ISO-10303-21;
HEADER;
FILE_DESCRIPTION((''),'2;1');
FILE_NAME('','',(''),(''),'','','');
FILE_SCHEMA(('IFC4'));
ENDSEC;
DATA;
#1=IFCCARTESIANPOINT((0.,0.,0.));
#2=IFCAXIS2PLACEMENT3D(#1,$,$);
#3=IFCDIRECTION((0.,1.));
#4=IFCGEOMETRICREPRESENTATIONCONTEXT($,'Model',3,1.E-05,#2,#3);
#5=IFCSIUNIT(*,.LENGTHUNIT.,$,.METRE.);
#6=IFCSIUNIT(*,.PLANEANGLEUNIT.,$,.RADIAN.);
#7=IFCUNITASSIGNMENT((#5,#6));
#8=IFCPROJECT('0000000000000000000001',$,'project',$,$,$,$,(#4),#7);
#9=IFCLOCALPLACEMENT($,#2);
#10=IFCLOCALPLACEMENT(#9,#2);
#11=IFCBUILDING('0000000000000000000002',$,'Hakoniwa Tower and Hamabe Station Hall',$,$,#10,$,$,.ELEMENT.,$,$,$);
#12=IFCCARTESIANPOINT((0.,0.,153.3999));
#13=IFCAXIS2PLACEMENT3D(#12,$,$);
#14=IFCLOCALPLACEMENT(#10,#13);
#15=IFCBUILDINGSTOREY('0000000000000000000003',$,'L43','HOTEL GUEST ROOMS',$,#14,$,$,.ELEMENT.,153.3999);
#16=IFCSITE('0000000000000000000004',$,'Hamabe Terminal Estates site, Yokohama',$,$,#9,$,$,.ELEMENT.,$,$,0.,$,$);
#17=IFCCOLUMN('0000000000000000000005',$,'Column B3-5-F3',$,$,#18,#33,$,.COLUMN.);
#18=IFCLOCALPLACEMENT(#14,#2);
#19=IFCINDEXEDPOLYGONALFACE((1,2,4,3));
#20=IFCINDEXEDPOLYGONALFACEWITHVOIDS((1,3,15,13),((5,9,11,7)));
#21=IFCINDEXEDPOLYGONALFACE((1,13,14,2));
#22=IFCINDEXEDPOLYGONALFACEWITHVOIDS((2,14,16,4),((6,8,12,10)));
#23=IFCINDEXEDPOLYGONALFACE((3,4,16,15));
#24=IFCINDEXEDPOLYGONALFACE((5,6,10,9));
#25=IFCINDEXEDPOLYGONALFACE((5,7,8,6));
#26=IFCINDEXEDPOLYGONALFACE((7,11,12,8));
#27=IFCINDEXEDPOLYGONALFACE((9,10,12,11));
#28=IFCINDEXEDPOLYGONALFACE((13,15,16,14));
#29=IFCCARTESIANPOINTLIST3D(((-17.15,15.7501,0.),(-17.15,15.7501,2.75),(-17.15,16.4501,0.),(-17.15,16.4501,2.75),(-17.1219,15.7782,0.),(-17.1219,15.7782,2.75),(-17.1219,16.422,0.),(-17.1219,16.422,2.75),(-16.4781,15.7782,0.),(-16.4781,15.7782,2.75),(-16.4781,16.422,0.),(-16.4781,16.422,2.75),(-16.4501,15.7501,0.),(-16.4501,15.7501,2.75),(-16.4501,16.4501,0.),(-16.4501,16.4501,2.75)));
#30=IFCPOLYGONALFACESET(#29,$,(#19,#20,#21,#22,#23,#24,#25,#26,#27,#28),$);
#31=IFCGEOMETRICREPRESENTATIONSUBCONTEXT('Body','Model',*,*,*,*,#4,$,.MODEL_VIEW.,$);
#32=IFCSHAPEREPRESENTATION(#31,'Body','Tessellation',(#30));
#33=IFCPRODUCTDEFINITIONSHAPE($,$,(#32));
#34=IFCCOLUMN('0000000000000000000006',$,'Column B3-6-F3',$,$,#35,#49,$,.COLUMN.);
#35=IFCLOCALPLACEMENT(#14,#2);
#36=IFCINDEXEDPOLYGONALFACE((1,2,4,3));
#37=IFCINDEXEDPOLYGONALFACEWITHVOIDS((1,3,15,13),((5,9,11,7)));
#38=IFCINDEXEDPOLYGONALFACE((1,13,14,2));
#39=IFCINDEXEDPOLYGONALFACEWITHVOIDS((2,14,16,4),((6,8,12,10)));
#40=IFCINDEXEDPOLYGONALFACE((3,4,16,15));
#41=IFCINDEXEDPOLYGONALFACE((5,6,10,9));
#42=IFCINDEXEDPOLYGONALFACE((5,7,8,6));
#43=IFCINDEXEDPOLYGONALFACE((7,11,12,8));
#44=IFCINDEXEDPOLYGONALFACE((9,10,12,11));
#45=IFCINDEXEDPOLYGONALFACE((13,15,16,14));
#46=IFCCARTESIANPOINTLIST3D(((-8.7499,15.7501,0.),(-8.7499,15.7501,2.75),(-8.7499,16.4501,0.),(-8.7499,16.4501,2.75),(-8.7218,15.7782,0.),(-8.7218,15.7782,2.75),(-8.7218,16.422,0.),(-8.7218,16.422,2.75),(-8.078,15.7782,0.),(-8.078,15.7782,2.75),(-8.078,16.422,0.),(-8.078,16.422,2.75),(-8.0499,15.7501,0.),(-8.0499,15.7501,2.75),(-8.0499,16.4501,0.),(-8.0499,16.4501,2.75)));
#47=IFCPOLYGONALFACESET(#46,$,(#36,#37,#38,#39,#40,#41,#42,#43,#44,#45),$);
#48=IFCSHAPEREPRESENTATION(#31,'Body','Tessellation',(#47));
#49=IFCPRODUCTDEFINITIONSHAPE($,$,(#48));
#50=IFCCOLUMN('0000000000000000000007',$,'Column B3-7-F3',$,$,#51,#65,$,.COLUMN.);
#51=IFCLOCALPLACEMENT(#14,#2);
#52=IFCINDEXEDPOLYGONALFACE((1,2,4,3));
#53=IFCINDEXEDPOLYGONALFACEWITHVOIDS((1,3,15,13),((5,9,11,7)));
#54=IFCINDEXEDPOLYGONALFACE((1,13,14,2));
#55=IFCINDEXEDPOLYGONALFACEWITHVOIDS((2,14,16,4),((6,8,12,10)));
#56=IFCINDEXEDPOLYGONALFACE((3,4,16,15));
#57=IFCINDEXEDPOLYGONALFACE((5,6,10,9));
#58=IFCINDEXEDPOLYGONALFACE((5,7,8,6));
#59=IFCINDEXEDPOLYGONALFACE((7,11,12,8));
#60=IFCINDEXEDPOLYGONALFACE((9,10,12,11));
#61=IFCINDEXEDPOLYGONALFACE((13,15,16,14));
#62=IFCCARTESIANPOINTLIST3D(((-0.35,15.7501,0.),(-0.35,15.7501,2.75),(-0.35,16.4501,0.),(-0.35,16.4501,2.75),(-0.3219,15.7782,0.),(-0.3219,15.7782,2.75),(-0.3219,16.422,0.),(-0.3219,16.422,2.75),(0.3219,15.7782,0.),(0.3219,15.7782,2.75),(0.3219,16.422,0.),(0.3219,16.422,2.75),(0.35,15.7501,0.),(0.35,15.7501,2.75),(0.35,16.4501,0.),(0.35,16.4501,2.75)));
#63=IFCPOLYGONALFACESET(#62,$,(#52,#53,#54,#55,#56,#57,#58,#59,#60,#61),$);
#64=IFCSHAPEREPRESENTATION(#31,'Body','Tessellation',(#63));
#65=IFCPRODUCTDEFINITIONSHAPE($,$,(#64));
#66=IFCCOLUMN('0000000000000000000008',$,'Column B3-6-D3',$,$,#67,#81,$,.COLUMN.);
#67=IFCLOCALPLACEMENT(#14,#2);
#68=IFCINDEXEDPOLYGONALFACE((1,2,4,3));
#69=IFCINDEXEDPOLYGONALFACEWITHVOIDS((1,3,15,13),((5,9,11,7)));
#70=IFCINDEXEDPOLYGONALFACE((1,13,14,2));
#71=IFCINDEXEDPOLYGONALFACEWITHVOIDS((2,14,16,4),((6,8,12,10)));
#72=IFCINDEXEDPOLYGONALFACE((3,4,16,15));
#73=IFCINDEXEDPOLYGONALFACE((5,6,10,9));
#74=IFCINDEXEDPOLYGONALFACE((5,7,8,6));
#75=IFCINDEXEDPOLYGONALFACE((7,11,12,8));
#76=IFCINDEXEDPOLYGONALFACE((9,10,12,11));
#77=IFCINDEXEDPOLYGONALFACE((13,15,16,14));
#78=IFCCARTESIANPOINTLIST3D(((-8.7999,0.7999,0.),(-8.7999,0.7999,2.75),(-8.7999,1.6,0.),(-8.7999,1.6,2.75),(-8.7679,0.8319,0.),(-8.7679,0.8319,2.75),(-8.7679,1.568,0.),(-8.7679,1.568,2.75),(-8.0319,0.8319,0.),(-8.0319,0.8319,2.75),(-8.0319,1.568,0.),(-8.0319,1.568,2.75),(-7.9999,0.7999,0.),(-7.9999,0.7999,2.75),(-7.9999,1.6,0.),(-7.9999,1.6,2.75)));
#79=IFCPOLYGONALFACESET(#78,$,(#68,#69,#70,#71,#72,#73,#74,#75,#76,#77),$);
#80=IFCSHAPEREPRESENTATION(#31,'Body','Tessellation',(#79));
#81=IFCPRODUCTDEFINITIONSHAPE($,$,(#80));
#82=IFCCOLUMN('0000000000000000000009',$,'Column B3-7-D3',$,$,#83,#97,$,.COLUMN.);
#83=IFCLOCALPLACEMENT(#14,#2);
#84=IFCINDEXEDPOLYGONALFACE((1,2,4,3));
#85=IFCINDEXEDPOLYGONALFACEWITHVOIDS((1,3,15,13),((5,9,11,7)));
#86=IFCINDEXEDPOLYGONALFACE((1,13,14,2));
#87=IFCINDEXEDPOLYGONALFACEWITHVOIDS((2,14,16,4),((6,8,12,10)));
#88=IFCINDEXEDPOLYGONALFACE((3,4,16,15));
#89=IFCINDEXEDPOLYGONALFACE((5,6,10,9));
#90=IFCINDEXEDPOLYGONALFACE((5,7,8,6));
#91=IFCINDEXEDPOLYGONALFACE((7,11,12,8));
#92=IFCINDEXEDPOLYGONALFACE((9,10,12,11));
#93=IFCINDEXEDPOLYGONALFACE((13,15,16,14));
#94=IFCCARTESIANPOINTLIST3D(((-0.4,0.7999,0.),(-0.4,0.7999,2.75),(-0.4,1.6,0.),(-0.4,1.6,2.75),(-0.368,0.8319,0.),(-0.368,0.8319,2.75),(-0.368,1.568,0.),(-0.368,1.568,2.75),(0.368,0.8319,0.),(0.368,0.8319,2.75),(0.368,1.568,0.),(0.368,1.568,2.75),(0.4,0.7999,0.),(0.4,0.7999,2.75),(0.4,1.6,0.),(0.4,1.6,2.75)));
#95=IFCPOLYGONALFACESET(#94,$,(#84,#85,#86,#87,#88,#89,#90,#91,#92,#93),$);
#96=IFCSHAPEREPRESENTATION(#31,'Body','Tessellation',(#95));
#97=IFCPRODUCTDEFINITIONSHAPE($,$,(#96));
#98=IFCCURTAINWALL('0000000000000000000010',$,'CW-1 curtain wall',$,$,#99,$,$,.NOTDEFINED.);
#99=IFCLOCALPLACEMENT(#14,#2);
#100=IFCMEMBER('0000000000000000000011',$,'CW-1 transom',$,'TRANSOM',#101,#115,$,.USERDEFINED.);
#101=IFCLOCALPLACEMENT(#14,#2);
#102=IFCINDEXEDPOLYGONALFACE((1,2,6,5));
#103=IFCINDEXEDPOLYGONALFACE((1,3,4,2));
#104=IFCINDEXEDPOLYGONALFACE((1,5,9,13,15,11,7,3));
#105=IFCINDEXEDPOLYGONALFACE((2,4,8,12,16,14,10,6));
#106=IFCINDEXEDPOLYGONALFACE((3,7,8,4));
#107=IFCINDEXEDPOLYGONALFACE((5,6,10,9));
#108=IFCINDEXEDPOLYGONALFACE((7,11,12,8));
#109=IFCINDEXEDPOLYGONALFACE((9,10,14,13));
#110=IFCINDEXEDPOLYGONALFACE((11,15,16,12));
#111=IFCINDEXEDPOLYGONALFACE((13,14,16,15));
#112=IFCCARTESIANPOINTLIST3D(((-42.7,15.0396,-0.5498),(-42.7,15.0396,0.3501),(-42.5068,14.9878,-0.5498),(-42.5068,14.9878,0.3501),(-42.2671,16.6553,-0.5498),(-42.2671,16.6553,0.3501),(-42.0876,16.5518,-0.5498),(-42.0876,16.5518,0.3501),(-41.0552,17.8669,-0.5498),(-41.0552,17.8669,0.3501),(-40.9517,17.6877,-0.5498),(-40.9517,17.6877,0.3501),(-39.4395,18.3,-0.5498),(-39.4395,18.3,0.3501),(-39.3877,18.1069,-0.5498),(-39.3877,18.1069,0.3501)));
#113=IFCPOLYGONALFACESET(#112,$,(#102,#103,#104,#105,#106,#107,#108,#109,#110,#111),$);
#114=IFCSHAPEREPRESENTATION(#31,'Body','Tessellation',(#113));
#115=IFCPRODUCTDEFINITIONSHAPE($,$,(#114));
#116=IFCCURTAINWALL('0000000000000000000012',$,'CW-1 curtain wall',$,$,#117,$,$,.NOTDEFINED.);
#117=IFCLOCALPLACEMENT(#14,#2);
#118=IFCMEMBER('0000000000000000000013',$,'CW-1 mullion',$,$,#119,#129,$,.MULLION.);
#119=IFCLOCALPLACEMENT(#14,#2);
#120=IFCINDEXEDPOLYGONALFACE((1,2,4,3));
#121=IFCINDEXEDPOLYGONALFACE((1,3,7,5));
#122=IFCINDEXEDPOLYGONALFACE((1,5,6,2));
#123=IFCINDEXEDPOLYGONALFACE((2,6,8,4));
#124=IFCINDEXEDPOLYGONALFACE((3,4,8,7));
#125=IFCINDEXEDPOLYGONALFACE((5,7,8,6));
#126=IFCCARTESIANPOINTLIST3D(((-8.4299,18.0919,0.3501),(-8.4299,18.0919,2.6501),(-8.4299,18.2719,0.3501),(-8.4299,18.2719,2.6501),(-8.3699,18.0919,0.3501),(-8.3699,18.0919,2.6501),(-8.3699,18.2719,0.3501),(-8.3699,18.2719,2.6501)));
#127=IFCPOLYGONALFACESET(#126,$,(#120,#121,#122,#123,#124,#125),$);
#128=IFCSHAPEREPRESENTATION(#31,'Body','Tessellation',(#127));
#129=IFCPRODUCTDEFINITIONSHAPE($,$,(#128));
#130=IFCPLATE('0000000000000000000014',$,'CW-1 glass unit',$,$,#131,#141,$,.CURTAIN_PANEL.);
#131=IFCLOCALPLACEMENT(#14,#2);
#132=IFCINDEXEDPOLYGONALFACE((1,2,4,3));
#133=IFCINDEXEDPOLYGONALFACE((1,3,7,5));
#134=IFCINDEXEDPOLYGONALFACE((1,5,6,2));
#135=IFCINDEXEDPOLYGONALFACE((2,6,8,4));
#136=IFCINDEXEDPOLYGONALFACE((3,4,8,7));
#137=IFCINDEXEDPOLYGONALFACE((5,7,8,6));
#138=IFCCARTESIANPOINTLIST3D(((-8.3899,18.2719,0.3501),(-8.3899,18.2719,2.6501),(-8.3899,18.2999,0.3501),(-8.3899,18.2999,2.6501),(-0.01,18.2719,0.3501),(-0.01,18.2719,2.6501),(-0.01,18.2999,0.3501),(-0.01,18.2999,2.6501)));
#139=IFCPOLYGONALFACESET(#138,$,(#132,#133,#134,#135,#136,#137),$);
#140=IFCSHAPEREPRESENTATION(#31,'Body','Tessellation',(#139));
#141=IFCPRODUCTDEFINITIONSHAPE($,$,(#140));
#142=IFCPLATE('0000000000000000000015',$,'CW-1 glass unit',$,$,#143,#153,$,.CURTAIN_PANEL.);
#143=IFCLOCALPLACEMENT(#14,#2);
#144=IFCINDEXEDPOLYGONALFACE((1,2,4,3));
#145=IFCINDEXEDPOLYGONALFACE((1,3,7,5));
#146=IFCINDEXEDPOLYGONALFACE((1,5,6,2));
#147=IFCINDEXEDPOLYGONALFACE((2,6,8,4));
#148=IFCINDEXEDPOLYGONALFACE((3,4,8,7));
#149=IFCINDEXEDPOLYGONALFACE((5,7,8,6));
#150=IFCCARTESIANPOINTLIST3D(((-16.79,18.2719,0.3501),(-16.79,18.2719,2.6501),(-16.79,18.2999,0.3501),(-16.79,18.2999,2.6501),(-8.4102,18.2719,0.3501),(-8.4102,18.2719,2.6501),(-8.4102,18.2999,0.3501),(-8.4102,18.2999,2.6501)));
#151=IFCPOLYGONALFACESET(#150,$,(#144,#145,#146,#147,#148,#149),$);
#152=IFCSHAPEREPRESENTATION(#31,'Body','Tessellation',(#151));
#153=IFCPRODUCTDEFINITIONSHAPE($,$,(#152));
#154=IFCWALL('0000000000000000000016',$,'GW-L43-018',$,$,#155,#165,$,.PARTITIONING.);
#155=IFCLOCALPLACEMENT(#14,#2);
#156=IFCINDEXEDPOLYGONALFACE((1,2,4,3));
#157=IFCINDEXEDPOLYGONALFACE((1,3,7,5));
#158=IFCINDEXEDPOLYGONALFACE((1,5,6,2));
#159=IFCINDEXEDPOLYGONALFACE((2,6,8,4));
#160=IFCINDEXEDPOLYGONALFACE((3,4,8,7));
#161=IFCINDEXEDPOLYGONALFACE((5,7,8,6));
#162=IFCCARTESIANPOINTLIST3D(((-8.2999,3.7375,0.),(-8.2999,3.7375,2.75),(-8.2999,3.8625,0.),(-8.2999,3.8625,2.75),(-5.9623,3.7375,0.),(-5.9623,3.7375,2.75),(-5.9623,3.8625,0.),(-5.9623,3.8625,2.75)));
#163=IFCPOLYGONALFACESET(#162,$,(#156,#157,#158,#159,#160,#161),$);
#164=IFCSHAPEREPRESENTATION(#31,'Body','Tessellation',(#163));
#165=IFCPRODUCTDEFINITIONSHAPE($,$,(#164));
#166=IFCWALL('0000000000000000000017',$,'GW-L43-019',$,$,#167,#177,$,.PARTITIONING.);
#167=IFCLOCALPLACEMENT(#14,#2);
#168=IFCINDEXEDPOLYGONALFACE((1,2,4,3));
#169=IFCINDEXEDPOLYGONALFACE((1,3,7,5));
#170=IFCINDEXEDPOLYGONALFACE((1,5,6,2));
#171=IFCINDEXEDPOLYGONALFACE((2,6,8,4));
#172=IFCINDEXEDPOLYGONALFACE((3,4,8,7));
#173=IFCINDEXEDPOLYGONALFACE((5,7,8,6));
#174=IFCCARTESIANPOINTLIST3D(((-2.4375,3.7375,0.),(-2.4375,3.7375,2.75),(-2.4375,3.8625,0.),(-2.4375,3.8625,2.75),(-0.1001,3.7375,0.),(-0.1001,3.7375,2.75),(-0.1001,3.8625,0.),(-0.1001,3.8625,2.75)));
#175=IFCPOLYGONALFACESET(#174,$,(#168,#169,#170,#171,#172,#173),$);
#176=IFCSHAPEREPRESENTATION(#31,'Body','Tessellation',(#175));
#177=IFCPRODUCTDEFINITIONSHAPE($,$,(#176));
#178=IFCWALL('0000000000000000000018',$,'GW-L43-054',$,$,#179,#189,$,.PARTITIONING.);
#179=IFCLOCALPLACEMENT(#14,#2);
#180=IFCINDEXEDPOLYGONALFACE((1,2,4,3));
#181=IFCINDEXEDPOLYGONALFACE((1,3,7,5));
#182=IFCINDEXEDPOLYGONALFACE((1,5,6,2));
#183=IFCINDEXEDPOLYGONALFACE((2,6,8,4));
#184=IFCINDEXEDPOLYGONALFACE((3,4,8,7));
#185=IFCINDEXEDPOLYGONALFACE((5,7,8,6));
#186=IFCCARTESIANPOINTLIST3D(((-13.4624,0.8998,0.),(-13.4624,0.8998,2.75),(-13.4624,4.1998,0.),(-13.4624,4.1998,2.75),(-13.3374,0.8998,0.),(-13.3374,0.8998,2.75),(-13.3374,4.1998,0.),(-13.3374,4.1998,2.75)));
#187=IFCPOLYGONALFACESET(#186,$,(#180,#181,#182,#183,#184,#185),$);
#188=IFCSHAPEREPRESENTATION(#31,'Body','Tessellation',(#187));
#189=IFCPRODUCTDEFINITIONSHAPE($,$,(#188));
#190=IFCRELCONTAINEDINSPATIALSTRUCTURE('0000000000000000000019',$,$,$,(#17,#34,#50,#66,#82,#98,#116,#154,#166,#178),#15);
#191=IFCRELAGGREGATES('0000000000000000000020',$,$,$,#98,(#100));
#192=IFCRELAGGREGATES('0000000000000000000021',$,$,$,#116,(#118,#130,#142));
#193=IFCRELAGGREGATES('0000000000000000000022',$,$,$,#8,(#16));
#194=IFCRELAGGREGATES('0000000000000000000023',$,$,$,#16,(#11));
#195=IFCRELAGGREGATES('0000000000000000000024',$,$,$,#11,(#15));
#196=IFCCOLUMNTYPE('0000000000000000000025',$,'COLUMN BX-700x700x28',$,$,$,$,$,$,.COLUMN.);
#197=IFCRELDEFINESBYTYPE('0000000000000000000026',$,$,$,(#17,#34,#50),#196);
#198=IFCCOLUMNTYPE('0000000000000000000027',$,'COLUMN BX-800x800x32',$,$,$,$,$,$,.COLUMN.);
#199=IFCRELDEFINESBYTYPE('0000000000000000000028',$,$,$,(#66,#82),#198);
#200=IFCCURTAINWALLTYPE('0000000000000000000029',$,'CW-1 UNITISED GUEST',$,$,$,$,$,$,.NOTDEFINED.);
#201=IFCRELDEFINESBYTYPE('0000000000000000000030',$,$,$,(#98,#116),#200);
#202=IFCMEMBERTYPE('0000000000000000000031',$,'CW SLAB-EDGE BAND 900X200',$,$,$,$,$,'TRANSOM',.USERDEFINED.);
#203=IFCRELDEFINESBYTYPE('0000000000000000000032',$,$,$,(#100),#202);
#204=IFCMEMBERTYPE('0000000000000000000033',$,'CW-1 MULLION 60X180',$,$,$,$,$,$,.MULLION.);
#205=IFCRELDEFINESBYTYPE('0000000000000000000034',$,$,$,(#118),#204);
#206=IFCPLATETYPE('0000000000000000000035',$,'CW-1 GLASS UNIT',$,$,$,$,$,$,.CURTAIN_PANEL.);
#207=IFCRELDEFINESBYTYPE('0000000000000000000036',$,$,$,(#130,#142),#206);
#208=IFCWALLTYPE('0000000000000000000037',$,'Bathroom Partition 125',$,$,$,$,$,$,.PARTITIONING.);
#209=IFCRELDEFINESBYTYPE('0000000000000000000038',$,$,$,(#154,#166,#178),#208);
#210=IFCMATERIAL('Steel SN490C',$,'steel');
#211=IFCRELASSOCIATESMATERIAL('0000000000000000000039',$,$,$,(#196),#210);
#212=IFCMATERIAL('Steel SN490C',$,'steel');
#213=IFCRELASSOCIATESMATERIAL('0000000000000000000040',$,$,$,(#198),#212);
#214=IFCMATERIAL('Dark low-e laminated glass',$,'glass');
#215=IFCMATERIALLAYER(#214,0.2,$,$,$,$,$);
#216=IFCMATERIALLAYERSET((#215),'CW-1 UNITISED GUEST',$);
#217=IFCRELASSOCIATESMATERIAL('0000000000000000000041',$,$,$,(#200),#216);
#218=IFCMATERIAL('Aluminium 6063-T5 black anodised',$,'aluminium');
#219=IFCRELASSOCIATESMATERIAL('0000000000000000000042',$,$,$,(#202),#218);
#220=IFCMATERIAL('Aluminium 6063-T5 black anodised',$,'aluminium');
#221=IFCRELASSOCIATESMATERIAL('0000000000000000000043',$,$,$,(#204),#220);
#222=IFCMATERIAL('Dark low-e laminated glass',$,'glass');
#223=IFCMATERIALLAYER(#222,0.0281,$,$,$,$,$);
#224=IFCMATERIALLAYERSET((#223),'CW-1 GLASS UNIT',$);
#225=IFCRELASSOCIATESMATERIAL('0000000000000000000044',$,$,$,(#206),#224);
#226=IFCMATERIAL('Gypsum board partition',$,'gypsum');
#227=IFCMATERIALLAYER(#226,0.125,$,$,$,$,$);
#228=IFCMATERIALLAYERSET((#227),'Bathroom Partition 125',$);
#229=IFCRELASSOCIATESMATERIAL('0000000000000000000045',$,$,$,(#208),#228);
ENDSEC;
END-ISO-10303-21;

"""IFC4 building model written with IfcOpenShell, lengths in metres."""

from ifc_helpers import new_model, si_unit, direction, frame, frame_2d, origin, origin_2d, place, context, subcontext, project, spatial, polyline, rectangle, hollow_rectangle, outline, extrude, material, layer, layer_set, material_profile, profile_set, type_object, element, aggregate, save


model = new_model("IFC4")

# Units and contexts
model_context = context("Model", 3, precision=1e-05, world=origin(), true_north=direction((0.0, 1.0)))
body_context = subcontext(model_context, "Body", "Model", "MODEL_VIEW")
ifc_project = project(units=[si_unit("LENGTHUNIT", "METRE"), si_unit("PLANEANGLEUNIT", "RADIAN")], contexts=[model_context])

# Site, building, storey
site_placement = place(None, origin())
site = spatial("IfcSite", under=ifc_project, at=site_placement, Name="Hamabe Terminal Estates site, Yokohama", CompositionType="ELEMENT", RefElevation=0.0)
building_placement = place(site_placement, origin())
building = spatial("IfcBuilding", under=site, at=building_placement, Name="Hakoniwa Tower and Hamabe Station Hall", CompositionType="ELEMENT")
storey_placement = place(building_placement, frame((0.0, 0.0, 153.3999)))
storey = spatial("IfcBuildingStorey", under=building, at=storey_placement, Name="L43", Description="HOTEL GUEST ROOMS", CompositionType="ELEMENT", Elevation=153.3999)

# Columns
ifc_material_1 = material(Name="Steel SN490C", Category="steel")
ifc_material_profile_1 = material_profile(ifc_material_1, hollow_rectangle(XDim=0.7, YDim=0.7, WallThickness=0.0281, at=origin_2d()), Name="BX-700x700x28")
ifc_profile_set_1 = profile_set([ifc_material_profile_1], Name="Steel SN490C")
column_type_1 = type_object("IfcColumnType", Name="COLUMN BX-700x700x28", PredefinedType="COLUMN", material=ifc_profile_set_1)
for number, where, z_axis, x_axis, name in (
    (1, (-16.8, 16.1001, 0.0), (0.0, 0.0, 1.0), (1.0, 0.0, 0.0), "Column B3-5-F3"),
    (2, (-8.3999, 16.1001, 0.0), (0.0, 0.0, 1.0), (1.0, 0.0, 0.0), "Column B3-6-F3"),
    (3, (0.0, 16.1001, 0.0), (0.0, 0.0, 1.0), (1.0, 0.0, 0.0), "Column B3-7-F3"),
):
    element("IfcColumn", number, at=place(storey_placement, frame(where, z_axis=z_axis, x_axis=x_axis)), inside=storey, type_object=column_type_1, Name=name, PredefinedType="COLUMN", context=body_context, shape_type="SweptSolid", body=[
        extrude(hollow_rectangle(XDim=0.7, YDim=0.7, WallThickness=0.0281, at=origin_2d()), origin(), (0.0, 0.0, 1.0), 2.75),
    ])
ifc_material_2 = material(Name="Steel SN490C", Category="steel")
ifc_material_profile_2 = material_profile(ifc_material_2, hollow_rectangle(XDim=0.8, YDim=0.8, WallThickness=0.032, at=origin_2d()), Name="BX-800x800x32")
ifc_profile_set_2 = profile_set([ifc_material_profile_2], Name="Steel SN490C")
column_type_2 = type_object("IfcColumnType", Name="COLUMN BX-800x800x32", PredefinedType="COLUMN", material=ifc_profile_set_2)
for number, where, z_axis, x_axis, name in (
    (4, (-8.3999, 1.2, 0.0), (0.0, 0.0, 1.0), (1.0, 0.0, 0.0), "Column B3-6-D3"),
    (5, (0.0, 1.2, 0.0), (0.0, 0.0, 1.0), (1.0, 0.0, 0.0), "Column B3-7-D3"),
):
    element("IfcColumn", number, at=place(storey_placement, frame(where, z_axis=z_axis, x_axis=x_axis)), inside=storey, type_object=column_type_2, Name=name, PredefinedType="COLUMN", context=body_context, shape_type="SweptSolid", body=[
        extrude(hollow_rectangle(XDim=0.8, YDim=0.8, WallThickness=0.032, at=origin_2d()), origin(), (0.0, 0.0, 1.0), 2.75),
    ])

# Curtain wall, member
ifc_material_3 = material(Name="Dark low-e laminated glass", Category="glass")
ifc_layer_1 = layer(ifc_material_3, 0.2)
ifc_layer_set_1 = layer_set([ifc_layer_1], Name="CW-1 UNITISED GUEST")
curtain_wall_type = type_object("IfcCurtainWallType", Name="CW-1 UNITISED GUEST", PredefinedType="NOTDEFINED", material=ifc_layer_set_1)
curtain_wall_1_placement = place(storey_placement, origin())
curtain_wall_1 = element("IfcCurtainWall", 6, at=curtain_wall_1_placement, inside=storey, type_object=curtain_wall_type, Name="CW-1 curtain wall", PredefinedType="NOTDEFINED")
ifc_material_4 = material(Name="Aluminium 6063-T5 black anodised", Category="aluminium")
ifc_material_profile_3 = material_profile(ifc_material_4, rectangle(XDim=0.2, YDim=0.8999, at=origin_2d()), Name="CW SLAB-EDGE BAND 900X200")
ifc_profile_set_3 = profile_set([ifc_material_profile_3], Name="Aluminium 6063-T5 black anodised")
member_type_1 = type_object("IfcMemberType", Name="CW SLAB-EDGE BAND 900X200", ElementType="TRANSOM", PredefinedType="USERDEFINED", material=ifc_profile_set_3)
member_1_placement = place(storey_placement, frame((0.0, 0.0, -0.5498)))
member_1 = element("IfcMember", 7, at=member_1_placement, type_object=member_type_1, Name="CW-1 transom", ObjectType="TRANSOM", PredefinedType="USERDEFINED", context=body_context, shape_type="SweptSolid", body=[
    extrude(outline(polyline([(-39.4395, 18.3), (-41.0552, 17.8669), (-42.2671, 16.6553), (-42.7, 15.0396), (-42.5068, 14.9878), (-42.0876, 16.5518), (-40.9517, 17.6877), (-39.3877, 18.1069), (-39.4395, 18.3)])), origin(), (0.0, 0.0, 1.0), 0.8999),
])
aggregate(curtain_wall_1, [member_1])

# Curtain wall, member, plates
curtain_wall_2_placement = place(storey_placement, origin())
curtain_wall_2 = element("IfcCurtainWall", 8, at=curtain_wall_2_placement, inside=storey, type_object=curtain_wall_type, Name="CW-1 curtain wall", PredefinedType="NOTDEFINED")
ifc_material_5 = material(Name="Aluminium 6063-T5 black anodised", Category="aluminium")
ifc_material_profile_4 = material_profile(ifc_material_5, rectangle(XDim=0.0601, YDim=0.1799, at=origin_2d()), Name="CW-1 MULLION 60X180")
ifc_profile_set_4 = profile_set([ifc_material_profile_4], Name="Aluminium 6063-T5 black anodised")
member_type_2 = type_object("IfcMemberType", Name="CW-1 MULLION 60X180", PredefinedType="MULLION", material=ifc_profile_set_4)
member_2_placement = place(storey_placement, frame((-8.3999, 18.1819, 0.3501), z_axis=(0.0, 0.0, 1.0), x_axis=(-1.0, 0.0, 0.0)))
member_2 = element("IfcMember", 9, at=member_2_placement, type_object=member_type_2, Name="CW-1 mullion", PredefinedType="MULLION", context=body_context, shape_type="SweptSolid", body=[
    extrude(rectangle(XDim=0.0601, YDim=0.1799, at=origin_2d()), origin(), (0.0, 0.0, 1.0), 2.3),
])
ifc_material_6 = material(Name="Dark low-e laminated glass", Category="glass")
ifc_layer_2 = layer(ifc_material_6, 0.0281)
ifc_layer_set_2 = layer_set([ifc_layer_2], Name="CW-1 GLASS UNIT")
plate_type = type_object("IfcPlateType", Name="CW-1 GLASS UNIT", PredefinedType="CURTAIN_PANEL", material=ifc_layer_set_2)
plate_1_placement = place(storey_placement, frame((-4.2, 18.2859, 0.3501), z_axis=(0.0, 0.0, 1.0), x_axis=(-1.0, 0.0, 0.0)))
plate_1 = element("IfcPlate", 10, at=plate_1_placement, type_object=plate_type, Name="CW-1 glass unit", PredefinedType="CURTAIN_PANEL", context=body_context, shape_type="SweptSolid", body=[
    extrude(rectangle(XDim=8.3799, YDim=0.0281, at=origin_2d()), origin(), (0.0, 0.0, 1.0), 2.3),
])
plate_2_placement = place(storey_placement, frame((-12.6001, 18.2859, 0.3501), z_axis=(0.0, 0.0, 1.0), x_axis=(-1.0, 0.0, 0.0)))
plate_2 = element("IfcPlate", 11, at=plate_2_placement, type_object=plate_type, Name="CW-1 glass unit", PredefinedType="CURTAIN_PANEL", context=body_context, shape_type="SweptSolid", body=[
    extrude(rectangle(XDim=8.3799, YDim=0.0281, at=origin_2d()), origin(), (0.0, 0.0, 1.0), 2.3),
])
aggregate(curtain_wall_2, [member_2, plate_1, plate_2])

# Walls
ifc_material_7 = material(Name="Gypsum board partition", Category="gypsum")
ifc_layer_3 = layer(ifc_material_7, 0.125)
ifc_layer_set_3 = layer_set([ifc_layer_3], Name="Bathroom Partition 125")
wall_type_1 = type_object("IfcWallType", Name="Bathroom Partition 125", PredefinedType="PARTITIONING", material=ifc_layer_set_3)
wall_1_placement = place(storey_placement, frame((-8.3, 3.8, 0.0), z_axis=(0.0, 0.0, 1.0), x_axis=(1.0, 0.0, 0.0)))
element("IfcWall", 12, at=wall_1_placement, inside=storey, type_object=wall_type_1, Name="GW-L43-018", PredefinedType="PARTITIONING", context=body_context, shape_type="SweptSolid", body=[
    extrude(rectangle(XDim=2.3376, YDim=0.125, at=frame_2d((1.1689, 0.0))), origin(), (0.0, 0.0, 1.0), 2.75),
])
wall_2_placement = place(storey_placement, frame((-2.4375, 3.8, 0.0), z_axis=(0.0, 0.0, 1.0), x_axis=(1.0, 0.0, 0.0)))
element("IfcWall", 13, at=wall_2_placement, inside=storey, type_object=wall_type_1, Name="GW-L43-019", PredefinedType="PARTITIONING", context=body_context, shape_type="SweptSolid", body=[
    extrude(rectangle(XDim=2.3374, YDim=0.125, at=frame_2d((1.1687, 0.0))), origin(), (0.0, 0.0, 1.0), 2.75),
])
wall_3_placement = place(storey_placement, frame((-13.3999, 0.8999, 0.0), z_axis=(0.0, 0.0, 1.0), x_axis=(0.0, 1.0, 0.0)))
element("IfcWall", 14, at=wall_3_placement, inside=storey, type_object=wall_type_1, Name="GW-L43-054", PredefinedType="PARTITIONING", context=body_context, shape_type="SweptSolid", body=[
    extrude(rectangle(XDim=3.3, YDim=0.125, at=frame_2d((1.6499, 0.0))), origin(), (0.0, 0.0, 1.0), 2.75),
])

save(model, "model.ifc")
